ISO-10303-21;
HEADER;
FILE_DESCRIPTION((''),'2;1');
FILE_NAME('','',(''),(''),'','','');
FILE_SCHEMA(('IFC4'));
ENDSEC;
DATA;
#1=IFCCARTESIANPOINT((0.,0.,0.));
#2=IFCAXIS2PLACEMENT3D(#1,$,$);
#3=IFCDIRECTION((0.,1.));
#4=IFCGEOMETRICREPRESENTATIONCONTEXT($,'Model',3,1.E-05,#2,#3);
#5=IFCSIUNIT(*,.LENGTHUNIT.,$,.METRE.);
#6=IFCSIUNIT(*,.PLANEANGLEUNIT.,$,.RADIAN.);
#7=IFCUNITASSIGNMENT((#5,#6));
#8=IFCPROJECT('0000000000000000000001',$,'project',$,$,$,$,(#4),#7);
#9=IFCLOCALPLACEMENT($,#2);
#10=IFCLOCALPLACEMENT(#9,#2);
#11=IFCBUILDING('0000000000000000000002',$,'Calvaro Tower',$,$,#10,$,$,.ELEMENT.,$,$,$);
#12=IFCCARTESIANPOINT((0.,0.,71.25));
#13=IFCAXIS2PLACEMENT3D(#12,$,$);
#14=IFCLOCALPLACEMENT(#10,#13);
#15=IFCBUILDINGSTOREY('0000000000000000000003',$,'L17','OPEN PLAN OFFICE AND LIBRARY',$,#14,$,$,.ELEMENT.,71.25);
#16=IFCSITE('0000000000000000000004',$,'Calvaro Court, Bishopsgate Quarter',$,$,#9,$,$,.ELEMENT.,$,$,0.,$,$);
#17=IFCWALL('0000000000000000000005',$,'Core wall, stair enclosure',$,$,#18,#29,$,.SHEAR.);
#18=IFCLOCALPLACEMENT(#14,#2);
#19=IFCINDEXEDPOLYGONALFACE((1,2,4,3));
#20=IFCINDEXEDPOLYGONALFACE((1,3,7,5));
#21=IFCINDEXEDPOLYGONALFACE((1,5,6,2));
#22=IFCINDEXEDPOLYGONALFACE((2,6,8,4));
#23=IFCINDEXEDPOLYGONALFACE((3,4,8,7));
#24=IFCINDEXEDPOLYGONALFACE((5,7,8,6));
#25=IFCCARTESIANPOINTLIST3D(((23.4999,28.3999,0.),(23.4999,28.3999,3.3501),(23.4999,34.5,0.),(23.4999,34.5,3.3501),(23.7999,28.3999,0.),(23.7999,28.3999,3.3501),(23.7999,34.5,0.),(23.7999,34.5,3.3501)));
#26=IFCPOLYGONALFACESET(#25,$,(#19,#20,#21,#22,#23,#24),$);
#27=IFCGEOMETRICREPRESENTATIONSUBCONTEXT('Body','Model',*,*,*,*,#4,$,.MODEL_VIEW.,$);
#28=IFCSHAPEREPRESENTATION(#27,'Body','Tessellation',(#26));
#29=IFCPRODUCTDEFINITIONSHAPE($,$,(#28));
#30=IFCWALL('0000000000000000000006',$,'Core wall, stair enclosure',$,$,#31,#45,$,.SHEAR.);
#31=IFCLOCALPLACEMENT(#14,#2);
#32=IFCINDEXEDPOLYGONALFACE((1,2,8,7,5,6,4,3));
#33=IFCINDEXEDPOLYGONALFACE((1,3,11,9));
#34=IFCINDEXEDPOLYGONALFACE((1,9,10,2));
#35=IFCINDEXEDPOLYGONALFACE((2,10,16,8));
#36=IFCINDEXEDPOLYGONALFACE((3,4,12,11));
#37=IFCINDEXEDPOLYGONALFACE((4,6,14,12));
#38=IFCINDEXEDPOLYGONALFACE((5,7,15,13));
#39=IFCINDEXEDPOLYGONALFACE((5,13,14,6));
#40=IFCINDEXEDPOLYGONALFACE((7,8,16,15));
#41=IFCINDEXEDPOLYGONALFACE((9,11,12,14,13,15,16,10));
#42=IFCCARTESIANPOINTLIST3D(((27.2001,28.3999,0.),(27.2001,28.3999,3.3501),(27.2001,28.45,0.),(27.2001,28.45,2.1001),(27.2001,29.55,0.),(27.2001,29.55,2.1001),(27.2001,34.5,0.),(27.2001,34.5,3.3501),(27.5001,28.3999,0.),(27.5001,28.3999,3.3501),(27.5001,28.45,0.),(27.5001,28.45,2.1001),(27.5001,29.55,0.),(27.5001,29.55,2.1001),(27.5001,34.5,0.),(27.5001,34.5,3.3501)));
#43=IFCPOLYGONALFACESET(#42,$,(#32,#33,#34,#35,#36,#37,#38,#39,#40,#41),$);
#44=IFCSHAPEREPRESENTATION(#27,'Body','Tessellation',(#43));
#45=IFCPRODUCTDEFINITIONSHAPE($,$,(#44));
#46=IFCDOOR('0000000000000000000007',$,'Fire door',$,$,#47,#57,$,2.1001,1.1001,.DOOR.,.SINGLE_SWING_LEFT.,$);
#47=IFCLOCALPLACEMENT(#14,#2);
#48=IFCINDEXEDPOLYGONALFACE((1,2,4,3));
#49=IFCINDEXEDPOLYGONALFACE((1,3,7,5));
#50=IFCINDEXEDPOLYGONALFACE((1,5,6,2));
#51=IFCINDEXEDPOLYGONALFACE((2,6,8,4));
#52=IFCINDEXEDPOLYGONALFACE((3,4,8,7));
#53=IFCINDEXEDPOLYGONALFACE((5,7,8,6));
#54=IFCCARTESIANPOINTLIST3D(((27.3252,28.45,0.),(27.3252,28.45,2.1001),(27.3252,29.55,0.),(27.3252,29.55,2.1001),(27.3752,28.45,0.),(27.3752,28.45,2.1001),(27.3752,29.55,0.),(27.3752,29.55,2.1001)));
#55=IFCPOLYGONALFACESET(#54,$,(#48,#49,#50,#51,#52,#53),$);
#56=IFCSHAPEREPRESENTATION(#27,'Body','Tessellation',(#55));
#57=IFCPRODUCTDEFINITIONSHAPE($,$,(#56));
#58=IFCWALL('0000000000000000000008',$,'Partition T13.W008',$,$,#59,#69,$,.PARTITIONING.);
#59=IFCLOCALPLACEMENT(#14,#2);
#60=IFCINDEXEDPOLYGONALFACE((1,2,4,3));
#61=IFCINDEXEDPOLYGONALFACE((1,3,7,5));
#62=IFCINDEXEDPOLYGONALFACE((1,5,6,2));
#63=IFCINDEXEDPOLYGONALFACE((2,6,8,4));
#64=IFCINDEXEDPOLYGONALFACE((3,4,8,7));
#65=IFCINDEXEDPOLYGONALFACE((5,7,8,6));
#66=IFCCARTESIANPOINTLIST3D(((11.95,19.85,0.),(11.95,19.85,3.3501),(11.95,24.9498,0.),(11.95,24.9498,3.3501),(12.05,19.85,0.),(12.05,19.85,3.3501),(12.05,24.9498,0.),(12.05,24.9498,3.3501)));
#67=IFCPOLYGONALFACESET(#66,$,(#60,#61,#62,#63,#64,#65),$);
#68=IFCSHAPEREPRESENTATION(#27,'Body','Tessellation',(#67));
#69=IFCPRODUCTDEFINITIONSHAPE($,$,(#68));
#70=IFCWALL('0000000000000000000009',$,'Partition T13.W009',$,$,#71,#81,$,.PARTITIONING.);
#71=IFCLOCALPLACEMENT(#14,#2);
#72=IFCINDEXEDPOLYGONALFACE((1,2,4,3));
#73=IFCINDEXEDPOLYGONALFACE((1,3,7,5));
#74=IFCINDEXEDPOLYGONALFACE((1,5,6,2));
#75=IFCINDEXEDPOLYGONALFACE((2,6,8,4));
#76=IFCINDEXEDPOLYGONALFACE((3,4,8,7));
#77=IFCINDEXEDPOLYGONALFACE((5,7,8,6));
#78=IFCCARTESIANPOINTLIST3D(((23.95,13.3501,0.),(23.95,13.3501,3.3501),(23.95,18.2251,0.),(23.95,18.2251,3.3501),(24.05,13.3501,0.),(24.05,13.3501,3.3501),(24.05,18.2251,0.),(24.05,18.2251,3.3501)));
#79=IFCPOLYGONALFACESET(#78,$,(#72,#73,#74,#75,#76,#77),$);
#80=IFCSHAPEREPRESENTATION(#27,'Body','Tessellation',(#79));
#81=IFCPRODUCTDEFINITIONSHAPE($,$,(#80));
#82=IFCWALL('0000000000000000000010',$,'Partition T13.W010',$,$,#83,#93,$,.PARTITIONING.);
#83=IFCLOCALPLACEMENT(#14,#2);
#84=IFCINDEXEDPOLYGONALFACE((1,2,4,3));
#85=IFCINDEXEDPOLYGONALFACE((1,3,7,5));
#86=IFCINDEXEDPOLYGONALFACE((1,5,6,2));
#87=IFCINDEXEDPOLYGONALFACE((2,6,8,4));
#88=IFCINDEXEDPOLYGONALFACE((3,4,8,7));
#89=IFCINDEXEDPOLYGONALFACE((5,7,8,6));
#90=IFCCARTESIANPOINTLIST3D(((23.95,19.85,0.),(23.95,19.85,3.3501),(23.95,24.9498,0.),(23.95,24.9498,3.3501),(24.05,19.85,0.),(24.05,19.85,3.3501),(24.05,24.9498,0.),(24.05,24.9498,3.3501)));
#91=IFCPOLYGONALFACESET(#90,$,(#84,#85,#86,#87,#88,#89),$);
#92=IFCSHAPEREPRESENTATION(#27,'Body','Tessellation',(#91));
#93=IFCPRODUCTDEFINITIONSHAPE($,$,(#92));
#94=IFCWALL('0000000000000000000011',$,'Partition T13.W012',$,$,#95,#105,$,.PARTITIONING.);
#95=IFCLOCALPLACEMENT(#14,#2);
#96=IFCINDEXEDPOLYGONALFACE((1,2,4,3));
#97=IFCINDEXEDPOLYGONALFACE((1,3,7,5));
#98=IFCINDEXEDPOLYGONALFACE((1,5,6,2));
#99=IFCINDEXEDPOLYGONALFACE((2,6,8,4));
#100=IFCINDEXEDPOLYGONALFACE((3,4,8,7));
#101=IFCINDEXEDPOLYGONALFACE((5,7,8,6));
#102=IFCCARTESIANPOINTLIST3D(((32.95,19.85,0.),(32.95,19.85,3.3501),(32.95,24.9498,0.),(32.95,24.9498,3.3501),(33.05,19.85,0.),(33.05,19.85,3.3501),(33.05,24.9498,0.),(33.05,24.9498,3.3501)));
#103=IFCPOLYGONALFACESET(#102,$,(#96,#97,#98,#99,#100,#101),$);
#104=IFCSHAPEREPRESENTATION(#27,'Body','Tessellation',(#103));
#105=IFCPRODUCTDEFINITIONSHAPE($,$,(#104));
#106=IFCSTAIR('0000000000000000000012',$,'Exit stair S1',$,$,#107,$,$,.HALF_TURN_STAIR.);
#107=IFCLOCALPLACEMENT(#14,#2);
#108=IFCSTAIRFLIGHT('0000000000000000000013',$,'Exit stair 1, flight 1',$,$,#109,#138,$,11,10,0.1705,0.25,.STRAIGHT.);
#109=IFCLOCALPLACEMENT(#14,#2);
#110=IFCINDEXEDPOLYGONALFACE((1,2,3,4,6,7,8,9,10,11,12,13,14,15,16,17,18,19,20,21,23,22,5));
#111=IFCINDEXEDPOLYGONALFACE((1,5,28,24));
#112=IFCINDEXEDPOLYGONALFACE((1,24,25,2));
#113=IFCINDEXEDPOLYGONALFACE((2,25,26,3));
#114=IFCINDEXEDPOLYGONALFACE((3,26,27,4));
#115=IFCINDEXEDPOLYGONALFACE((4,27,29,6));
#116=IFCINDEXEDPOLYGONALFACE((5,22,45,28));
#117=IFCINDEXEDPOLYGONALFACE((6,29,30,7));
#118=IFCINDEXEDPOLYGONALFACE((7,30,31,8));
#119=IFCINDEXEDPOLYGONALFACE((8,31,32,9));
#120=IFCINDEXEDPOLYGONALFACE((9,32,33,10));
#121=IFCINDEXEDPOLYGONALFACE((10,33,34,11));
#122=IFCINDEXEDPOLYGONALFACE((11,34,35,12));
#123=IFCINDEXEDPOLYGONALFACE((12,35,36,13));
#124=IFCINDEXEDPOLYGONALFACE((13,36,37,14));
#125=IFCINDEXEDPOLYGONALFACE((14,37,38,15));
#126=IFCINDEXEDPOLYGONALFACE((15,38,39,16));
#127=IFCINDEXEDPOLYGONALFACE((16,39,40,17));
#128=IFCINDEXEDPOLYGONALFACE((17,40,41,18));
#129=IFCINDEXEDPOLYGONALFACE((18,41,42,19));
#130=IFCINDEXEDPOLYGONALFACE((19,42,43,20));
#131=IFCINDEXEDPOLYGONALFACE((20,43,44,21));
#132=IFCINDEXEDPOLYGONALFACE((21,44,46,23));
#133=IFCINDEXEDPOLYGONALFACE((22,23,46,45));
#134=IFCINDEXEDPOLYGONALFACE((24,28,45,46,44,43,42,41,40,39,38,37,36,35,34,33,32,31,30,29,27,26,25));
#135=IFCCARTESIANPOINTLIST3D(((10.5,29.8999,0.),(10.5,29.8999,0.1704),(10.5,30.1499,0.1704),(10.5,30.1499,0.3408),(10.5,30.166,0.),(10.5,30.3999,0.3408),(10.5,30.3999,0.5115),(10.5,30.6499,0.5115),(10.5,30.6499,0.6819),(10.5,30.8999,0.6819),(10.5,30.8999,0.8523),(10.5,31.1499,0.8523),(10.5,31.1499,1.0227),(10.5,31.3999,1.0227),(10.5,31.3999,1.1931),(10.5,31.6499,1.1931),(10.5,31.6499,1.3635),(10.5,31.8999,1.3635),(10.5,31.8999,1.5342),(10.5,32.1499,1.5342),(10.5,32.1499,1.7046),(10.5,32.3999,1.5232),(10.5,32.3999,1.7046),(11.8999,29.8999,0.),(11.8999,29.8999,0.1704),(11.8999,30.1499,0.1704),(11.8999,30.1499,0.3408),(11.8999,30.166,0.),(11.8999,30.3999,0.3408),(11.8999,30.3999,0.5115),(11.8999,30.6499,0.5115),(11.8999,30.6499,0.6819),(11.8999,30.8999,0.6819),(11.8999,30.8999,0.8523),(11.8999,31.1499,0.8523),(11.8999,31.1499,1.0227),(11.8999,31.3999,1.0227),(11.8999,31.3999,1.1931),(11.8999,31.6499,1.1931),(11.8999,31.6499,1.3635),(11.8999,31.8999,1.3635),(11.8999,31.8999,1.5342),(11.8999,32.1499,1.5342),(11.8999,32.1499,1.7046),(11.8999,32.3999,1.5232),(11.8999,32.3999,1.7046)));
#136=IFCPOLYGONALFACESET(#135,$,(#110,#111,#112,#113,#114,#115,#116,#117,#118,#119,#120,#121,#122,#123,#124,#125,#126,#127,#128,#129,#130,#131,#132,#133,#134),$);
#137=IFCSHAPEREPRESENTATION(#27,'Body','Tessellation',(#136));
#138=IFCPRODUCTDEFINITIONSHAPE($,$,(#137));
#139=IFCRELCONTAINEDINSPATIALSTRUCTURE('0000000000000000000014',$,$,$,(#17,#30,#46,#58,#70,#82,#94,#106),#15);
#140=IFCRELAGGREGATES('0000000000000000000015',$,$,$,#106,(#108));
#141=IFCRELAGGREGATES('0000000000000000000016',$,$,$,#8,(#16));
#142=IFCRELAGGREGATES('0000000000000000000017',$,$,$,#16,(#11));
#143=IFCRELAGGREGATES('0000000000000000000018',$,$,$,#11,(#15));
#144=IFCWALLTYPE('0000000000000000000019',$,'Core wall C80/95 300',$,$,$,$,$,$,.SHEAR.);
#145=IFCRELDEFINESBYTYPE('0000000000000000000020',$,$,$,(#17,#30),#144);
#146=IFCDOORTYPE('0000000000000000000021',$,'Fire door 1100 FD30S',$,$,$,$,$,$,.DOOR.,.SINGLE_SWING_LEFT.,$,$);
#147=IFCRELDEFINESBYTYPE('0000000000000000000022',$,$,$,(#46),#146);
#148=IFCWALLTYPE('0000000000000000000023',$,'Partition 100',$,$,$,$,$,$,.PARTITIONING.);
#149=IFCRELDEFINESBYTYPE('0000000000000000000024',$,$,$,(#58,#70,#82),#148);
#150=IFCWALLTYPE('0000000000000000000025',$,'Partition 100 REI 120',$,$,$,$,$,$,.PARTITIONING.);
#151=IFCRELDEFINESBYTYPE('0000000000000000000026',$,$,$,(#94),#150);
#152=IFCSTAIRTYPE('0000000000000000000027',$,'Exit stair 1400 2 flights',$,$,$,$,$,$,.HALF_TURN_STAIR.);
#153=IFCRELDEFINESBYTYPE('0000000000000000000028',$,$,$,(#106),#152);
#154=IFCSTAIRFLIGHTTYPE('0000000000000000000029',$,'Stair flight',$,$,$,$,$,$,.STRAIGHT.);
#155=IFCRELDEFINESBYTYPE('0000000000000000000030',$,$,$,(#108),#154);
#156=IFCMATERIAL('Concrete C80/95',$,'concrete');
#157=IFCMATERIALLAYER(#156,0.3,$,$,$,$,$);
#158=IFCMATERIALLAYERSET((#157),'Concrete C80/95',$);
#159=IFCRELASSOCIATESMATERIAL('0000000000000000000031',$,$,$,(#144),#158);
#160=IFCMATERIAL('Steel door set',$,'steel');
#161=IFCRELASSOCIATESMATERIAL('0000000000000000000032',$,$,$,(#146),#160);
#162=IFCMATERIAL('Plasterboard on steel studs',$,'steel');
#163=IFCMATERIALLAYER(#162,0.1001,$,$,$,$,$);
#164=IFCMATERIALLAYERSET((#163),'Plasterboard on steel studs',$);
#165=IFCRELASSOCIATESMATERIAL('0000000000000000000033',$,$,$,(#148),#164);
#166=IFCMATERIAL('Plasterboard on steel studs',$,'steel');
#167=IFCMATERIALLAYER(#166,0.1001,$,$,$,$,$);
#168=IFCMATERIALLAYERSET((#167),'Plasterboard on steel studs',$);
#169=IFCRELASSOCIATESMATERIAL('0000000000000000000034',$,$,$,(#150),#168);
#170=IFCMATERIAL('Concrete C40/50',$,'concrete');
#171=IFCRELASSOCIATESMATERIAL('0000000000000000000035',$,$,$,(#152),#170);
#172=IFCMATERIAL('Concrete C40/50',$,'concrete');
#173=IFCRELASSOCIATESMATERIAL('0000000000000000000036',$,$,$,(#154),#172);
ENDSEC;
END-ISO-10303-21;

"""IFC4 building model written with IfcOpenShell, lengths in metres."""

from ifc_helpers import new_model, si_unit, direction, frame, frame_2d, origin, place, context, subcontext, project, spatial, polyline, rectangle, outline, extrude, material, layer, layer_set, type_object, element, fill, aggregate, save


model = new_model("IFC4")

# Units and contexts
model_context = context("Model", 3, precision=1e-05, world=origin(), true_north=direction((0.0, 1.0)))
body_context = subcontext(model_context, "Body", "Model", "MODEL_VIEW")
ifc_project = project(units=[si_unit("LENGTHUNIT", "METRE"), si_unit("PLANEANGLEUNIT", "RADIAN")], contexts=[model_context])

# Site, building, storey
site_placement = place(None, origin())
site = spatial("IfcSite", under=ifc_project, at=site_placement, Name="Calvaro Court, Bishopsgate Quarter", CompositionType="ELEMENT", RefElevation=0.0)
building_placement = place(site_placement, origin())
building = spatial("IfcBuilding", under=site, at=building_placement, Name="Calvaro Tower", CompositionType="ELEMENT")
storey_placement = place(building_placement, frame((0.0, 0.0, 71.25)))
storey = spatial("IfcBuildingStorey", under=building, at=storey_placement, Name="L17", Description="OPEN PLAN OFFICE AND LIBRARY", CompositionType="ELEMENT", Elevation=71.25)

# Wall
ifc_material_1 = material(Name="Concrete C80/95", Category="concrete")
ifc_layer_1 = layer(ifc_material_1, 0.3)
ifc_layer_set_1 = layer_set([ifc_layer_1], Name="Concrete C80/95")
wall_type_1 = type_object("IfcWallType", Name="Core wall C80/95 300", PredefinedType="SHEAR", material=ifc_layer_set_1)
for number, where, z_axis, x_axis, name in (
    (1, (23.6499, 28.3999, 0.0), (0.0, 0.0, 1.0), (0.0, 1.0, 0.0), "Core wall, stair enclosure"),
):
    element("IfcWall", number, at=place(storey_placement, frame(where, z_axis=z_axis, x_axis=x_axis)), inside=storey, type_object=wall_type_1, Name=name, PredefinedType="SHEAR", context=body_context, shape_type="SweptSolid", body=[
        extrude(rectangle(XDim=6.1001, YDim=0.3, at=frame_2d((3.05, 0.0))), origin(), (0.0, 0.0, 1.0), 3.3501),
    ])

# Wall, opening, door
wall_1_placement = place(storey_placement, frame((27.3501, 28.3999, 0.0), z_axis=(0.0, 0.0, 1.0), x_axis=(0.0, 1.0, 0.0)))
wall_1 = element("IfcWall", 2, at=wall_1_placement, inside=storey, type_object=wall_type_1, Name="Core wall, stair enclosure", PredefinedType="SHEAR", context=body_context, shape_type="SweptSolid", body=[
    extrude(rectangle(XDim=6.1001, YDim=0.3, at=frame_2d((3.05, 0.0))), origin(), (0.0, 0.0, 1.0), 3.3501),
])
opening_1_placement = place(wall_1_placement, frame((0.05, 0.0, 0.0)))
opening_1 = element("IfcOpeningElement", 3, at=opening_1_placement, cuts=wall_1, PredefinedType="OPENING", context=body_context, shape_type="SweptSolid", body=[
    extrude(rectangle(XDim=1.1001, YDim=2.1001, at=frame_2d((0.55, 1.05))), frame((0.0, 0.1599, 0.0), z_axis=(0.0, -1.0, 0.0), x_axis=(1.0, 0.0, 0.0)), (0.0, 0.0, 1.0), 0.3201),
])
ifc_material_2 = material(Name="Steel door set", Category="steel")
door_type_1 = type_object("IfcDoorType", Name="Fire door 1100 FD30S", OperationType="SINGLE_SWING_LEFT", PredefinedType="DOOR", material=ifc_material_2)
door_1_placement = place(opening_1_placement, origin())
door_1 = element("IfcDoor", 4, at=door_1_placement, inside=storey, type_object=door_type_1, Name="Fire door", OperationType="SINGLE_SWING_LEFT", OverallHeight=2.1001, OverallWidth=1.1001, PredefinedType="DOOR", context=body_context, shape_type="SweptSolid", body=[
    extrude(rectangle(XDim=1.1001, YDim=2.1001, at=frame_2d((0.55, 1.05))), frame((0.0, 0.0249, 0.0), z_axis=(0.0, -1.0, 0.0), x_axis=(1.0, 0.0, 0.0)), (0.0, 0.0, 1.0), 0.05),
])
fill(opening_1, door_1)

# Walls
ifc_material_3 = material(Name="Plasterboard on steel studs", Category="steel")
ifc_layer_2 = layer(ifc_material_3, 0.1001)
ifc_layer_set_2 = layer_set([ifc_layer_2], Name="Plasterboard on steel studs")
wall_type_2 = type_object("IfcWallType", Name="Partition 100", PredefinedType="PARTITIONING", material=ifc_layer_set_2)
wall_2_placement = place(storey_placement, frame((12.0, 19.8501, 0.0), z_axis=(0.0, 0.0, 1.0), x_axis=(0.0, 1.0, 0.0)))
element("IfcWall", 5, at=wall_2_placement, inside=storey, type_object=wall_type_2, Name="Partition T13.W008", PredefinedType="PARTITIONING", context=body_context, shape_type="SweptSolid", body=[
    extrude(rectangle(XDim=5.0999, YDim=0.1001, at=frame_2d((2.5498, 0.0))), origin(), (0.0, 0.0, 1.0), 3.3501),
])
wall_3_placement = place(storey_placement, frame((24.0, 13.3501, 0.0), z_axis=(0.0, 0.0, 1.0), x_axis=(0.0, 1.0, 0.0)))
element("IfcWall", 6, at=wall_3_placement, inside=storey, type_object=wall_type_2, Name="Partition T13.W009", PredefinedType="PARTITIONING", context=body_context, shape_type="SweptSolid", body=[
    extrude(rectangle(XDim=4.875, YDim=0.1001, at=frame_2d((2.4375, 0.0))), origin(), (0.0, 0.0, 1.0), 3.3501),
])
wall_4_placement = place(storey_placement, frame((24.0, 19.8501, 0.0), z_axis=(0.0, 0.0, 1.0), x_axis=(0.0, 1.0, 0.0)))
element("IfcWall", 7, at=wall_4_placement, inside=storey, type_object=wall_type_2, Name="Partition T13.W010", PredefinedType="PARTITIONING", context=body_context, shape_type="SweptSolid", body=[
    extrude(rectangle(XDim=5.0999, YDim=0.1001, at=frame_2d((2.5498, 0.0))), origin(), (0.0, 0.0, 1.0), 3.3501),
])
ifc_material_4 = material(Name="Plasterboard on steel studs", Category="steel")
ifc_layer_3 = layer(ifc_material_4, 0.1001)
ifc_layer_set_3 = layer_set([ifc_layer_3], Name="Plasterboard on steel studs")
wall_type_3 = type_object("IfcWallType", Name="Partition 100 REI 120", PredefinedType="PARTITIONING", material=ifc_layer_set_3)
wall_5_placement = place(storey_placement, frame((33.0, 19.8501, 0.0), z_axis=(0.0, 0.0, 1.0), x_axis=(0.0, 1.0, 0.0)))
element("IfcWall", 8, at=wall_5_placement, inside=storey, type_object=wall_type_3, Name="Partition T13.W012", PredefinedType="PARTITIONING", context=body_context, shape_type="SweptSolid", body=[
    extrude(rectangle(XDim=5.0999, YDim=0.1001, at=frame_2d((2.5498, 0.0))), origin(), (0.0, 0.0, 1.0), 3.3501),
])

# Stair, stair flight
ifc_material_5 = material(Name="Concrete C40/50", Category="concrete")
stair_type = type_object("IfcStairType", Name="Exit stair 1400 2 flights", PredefinedType="HALF_TURN_STAIR", material=ifc_material_5)
stair_placement = place(storey_placement, origin())
stair = element("IfcStair", 9, at=stair_placement, inside=storey, type_object=stair_type, Name="Exit stair S1", PredefinedType="HALF_TURN_STAIR")
ifc_material_6 = material(Name="Concrete C40/50", Category="concrete")
stair_flight_type = type_object("IfcStairFlightType", Name="Stair flight", PredefinedType="STRAIGHT", material=ifc_material_6)
stair_flight_placement = place(storey_placement, frame((11.2, 29.8999, 0.0), z_axis=(0.0, 0.0, 1.0), x_axis=(0.0, 1.0, 0.0)))
stair_flight = element("IfcStairFlight", 10, at=stair_flight_placement, type_object=stair_flight_type, Name="Exit stair 1, flight 1", NumberOfRisers=11, NumberOfTreads=10, PredefinedType="STRAIGHT", RiserHeight=0.1705, TreadLength=0.25, context=body_context, shape_type="SweptSolid", body=[
    extrude(outline(polyline([(0.0, 0.0), (0.0, 0.1704), (0.25, 0.1704), (0.25, 0.3408), (0.5, 0.3408), (0.5, 0.5115), (0.75, 0.5115), (0.75, 0.6819), (1.0, 0.6819), (1.0, 0.8523), (1.25, 0.8523), (1.25, 1.0227), (1.5, 1.0227), (1.5, 1.1931), (1.75, 1.1931), (1.75, 1.3635), (2.0, 1.3635), (2.0, 1.5342), (2.25, 1.5342), (2.25, 1.7046), (2.5, 1.7046), (2.5, 1.875), (2.5, 1.5232), (0.2661, 0.0), (0.0, 0.0)])), frame((0.0, 0.7, 0.0), z_axis=(0.0, -1.0, 0.0), x_axis=(1.0, 0.0, 0.0)), (0.0, 0.0, 1.0), 1.3999),
])
aggregate(stair, [stair_flight])

save(model, "model.ifc")
